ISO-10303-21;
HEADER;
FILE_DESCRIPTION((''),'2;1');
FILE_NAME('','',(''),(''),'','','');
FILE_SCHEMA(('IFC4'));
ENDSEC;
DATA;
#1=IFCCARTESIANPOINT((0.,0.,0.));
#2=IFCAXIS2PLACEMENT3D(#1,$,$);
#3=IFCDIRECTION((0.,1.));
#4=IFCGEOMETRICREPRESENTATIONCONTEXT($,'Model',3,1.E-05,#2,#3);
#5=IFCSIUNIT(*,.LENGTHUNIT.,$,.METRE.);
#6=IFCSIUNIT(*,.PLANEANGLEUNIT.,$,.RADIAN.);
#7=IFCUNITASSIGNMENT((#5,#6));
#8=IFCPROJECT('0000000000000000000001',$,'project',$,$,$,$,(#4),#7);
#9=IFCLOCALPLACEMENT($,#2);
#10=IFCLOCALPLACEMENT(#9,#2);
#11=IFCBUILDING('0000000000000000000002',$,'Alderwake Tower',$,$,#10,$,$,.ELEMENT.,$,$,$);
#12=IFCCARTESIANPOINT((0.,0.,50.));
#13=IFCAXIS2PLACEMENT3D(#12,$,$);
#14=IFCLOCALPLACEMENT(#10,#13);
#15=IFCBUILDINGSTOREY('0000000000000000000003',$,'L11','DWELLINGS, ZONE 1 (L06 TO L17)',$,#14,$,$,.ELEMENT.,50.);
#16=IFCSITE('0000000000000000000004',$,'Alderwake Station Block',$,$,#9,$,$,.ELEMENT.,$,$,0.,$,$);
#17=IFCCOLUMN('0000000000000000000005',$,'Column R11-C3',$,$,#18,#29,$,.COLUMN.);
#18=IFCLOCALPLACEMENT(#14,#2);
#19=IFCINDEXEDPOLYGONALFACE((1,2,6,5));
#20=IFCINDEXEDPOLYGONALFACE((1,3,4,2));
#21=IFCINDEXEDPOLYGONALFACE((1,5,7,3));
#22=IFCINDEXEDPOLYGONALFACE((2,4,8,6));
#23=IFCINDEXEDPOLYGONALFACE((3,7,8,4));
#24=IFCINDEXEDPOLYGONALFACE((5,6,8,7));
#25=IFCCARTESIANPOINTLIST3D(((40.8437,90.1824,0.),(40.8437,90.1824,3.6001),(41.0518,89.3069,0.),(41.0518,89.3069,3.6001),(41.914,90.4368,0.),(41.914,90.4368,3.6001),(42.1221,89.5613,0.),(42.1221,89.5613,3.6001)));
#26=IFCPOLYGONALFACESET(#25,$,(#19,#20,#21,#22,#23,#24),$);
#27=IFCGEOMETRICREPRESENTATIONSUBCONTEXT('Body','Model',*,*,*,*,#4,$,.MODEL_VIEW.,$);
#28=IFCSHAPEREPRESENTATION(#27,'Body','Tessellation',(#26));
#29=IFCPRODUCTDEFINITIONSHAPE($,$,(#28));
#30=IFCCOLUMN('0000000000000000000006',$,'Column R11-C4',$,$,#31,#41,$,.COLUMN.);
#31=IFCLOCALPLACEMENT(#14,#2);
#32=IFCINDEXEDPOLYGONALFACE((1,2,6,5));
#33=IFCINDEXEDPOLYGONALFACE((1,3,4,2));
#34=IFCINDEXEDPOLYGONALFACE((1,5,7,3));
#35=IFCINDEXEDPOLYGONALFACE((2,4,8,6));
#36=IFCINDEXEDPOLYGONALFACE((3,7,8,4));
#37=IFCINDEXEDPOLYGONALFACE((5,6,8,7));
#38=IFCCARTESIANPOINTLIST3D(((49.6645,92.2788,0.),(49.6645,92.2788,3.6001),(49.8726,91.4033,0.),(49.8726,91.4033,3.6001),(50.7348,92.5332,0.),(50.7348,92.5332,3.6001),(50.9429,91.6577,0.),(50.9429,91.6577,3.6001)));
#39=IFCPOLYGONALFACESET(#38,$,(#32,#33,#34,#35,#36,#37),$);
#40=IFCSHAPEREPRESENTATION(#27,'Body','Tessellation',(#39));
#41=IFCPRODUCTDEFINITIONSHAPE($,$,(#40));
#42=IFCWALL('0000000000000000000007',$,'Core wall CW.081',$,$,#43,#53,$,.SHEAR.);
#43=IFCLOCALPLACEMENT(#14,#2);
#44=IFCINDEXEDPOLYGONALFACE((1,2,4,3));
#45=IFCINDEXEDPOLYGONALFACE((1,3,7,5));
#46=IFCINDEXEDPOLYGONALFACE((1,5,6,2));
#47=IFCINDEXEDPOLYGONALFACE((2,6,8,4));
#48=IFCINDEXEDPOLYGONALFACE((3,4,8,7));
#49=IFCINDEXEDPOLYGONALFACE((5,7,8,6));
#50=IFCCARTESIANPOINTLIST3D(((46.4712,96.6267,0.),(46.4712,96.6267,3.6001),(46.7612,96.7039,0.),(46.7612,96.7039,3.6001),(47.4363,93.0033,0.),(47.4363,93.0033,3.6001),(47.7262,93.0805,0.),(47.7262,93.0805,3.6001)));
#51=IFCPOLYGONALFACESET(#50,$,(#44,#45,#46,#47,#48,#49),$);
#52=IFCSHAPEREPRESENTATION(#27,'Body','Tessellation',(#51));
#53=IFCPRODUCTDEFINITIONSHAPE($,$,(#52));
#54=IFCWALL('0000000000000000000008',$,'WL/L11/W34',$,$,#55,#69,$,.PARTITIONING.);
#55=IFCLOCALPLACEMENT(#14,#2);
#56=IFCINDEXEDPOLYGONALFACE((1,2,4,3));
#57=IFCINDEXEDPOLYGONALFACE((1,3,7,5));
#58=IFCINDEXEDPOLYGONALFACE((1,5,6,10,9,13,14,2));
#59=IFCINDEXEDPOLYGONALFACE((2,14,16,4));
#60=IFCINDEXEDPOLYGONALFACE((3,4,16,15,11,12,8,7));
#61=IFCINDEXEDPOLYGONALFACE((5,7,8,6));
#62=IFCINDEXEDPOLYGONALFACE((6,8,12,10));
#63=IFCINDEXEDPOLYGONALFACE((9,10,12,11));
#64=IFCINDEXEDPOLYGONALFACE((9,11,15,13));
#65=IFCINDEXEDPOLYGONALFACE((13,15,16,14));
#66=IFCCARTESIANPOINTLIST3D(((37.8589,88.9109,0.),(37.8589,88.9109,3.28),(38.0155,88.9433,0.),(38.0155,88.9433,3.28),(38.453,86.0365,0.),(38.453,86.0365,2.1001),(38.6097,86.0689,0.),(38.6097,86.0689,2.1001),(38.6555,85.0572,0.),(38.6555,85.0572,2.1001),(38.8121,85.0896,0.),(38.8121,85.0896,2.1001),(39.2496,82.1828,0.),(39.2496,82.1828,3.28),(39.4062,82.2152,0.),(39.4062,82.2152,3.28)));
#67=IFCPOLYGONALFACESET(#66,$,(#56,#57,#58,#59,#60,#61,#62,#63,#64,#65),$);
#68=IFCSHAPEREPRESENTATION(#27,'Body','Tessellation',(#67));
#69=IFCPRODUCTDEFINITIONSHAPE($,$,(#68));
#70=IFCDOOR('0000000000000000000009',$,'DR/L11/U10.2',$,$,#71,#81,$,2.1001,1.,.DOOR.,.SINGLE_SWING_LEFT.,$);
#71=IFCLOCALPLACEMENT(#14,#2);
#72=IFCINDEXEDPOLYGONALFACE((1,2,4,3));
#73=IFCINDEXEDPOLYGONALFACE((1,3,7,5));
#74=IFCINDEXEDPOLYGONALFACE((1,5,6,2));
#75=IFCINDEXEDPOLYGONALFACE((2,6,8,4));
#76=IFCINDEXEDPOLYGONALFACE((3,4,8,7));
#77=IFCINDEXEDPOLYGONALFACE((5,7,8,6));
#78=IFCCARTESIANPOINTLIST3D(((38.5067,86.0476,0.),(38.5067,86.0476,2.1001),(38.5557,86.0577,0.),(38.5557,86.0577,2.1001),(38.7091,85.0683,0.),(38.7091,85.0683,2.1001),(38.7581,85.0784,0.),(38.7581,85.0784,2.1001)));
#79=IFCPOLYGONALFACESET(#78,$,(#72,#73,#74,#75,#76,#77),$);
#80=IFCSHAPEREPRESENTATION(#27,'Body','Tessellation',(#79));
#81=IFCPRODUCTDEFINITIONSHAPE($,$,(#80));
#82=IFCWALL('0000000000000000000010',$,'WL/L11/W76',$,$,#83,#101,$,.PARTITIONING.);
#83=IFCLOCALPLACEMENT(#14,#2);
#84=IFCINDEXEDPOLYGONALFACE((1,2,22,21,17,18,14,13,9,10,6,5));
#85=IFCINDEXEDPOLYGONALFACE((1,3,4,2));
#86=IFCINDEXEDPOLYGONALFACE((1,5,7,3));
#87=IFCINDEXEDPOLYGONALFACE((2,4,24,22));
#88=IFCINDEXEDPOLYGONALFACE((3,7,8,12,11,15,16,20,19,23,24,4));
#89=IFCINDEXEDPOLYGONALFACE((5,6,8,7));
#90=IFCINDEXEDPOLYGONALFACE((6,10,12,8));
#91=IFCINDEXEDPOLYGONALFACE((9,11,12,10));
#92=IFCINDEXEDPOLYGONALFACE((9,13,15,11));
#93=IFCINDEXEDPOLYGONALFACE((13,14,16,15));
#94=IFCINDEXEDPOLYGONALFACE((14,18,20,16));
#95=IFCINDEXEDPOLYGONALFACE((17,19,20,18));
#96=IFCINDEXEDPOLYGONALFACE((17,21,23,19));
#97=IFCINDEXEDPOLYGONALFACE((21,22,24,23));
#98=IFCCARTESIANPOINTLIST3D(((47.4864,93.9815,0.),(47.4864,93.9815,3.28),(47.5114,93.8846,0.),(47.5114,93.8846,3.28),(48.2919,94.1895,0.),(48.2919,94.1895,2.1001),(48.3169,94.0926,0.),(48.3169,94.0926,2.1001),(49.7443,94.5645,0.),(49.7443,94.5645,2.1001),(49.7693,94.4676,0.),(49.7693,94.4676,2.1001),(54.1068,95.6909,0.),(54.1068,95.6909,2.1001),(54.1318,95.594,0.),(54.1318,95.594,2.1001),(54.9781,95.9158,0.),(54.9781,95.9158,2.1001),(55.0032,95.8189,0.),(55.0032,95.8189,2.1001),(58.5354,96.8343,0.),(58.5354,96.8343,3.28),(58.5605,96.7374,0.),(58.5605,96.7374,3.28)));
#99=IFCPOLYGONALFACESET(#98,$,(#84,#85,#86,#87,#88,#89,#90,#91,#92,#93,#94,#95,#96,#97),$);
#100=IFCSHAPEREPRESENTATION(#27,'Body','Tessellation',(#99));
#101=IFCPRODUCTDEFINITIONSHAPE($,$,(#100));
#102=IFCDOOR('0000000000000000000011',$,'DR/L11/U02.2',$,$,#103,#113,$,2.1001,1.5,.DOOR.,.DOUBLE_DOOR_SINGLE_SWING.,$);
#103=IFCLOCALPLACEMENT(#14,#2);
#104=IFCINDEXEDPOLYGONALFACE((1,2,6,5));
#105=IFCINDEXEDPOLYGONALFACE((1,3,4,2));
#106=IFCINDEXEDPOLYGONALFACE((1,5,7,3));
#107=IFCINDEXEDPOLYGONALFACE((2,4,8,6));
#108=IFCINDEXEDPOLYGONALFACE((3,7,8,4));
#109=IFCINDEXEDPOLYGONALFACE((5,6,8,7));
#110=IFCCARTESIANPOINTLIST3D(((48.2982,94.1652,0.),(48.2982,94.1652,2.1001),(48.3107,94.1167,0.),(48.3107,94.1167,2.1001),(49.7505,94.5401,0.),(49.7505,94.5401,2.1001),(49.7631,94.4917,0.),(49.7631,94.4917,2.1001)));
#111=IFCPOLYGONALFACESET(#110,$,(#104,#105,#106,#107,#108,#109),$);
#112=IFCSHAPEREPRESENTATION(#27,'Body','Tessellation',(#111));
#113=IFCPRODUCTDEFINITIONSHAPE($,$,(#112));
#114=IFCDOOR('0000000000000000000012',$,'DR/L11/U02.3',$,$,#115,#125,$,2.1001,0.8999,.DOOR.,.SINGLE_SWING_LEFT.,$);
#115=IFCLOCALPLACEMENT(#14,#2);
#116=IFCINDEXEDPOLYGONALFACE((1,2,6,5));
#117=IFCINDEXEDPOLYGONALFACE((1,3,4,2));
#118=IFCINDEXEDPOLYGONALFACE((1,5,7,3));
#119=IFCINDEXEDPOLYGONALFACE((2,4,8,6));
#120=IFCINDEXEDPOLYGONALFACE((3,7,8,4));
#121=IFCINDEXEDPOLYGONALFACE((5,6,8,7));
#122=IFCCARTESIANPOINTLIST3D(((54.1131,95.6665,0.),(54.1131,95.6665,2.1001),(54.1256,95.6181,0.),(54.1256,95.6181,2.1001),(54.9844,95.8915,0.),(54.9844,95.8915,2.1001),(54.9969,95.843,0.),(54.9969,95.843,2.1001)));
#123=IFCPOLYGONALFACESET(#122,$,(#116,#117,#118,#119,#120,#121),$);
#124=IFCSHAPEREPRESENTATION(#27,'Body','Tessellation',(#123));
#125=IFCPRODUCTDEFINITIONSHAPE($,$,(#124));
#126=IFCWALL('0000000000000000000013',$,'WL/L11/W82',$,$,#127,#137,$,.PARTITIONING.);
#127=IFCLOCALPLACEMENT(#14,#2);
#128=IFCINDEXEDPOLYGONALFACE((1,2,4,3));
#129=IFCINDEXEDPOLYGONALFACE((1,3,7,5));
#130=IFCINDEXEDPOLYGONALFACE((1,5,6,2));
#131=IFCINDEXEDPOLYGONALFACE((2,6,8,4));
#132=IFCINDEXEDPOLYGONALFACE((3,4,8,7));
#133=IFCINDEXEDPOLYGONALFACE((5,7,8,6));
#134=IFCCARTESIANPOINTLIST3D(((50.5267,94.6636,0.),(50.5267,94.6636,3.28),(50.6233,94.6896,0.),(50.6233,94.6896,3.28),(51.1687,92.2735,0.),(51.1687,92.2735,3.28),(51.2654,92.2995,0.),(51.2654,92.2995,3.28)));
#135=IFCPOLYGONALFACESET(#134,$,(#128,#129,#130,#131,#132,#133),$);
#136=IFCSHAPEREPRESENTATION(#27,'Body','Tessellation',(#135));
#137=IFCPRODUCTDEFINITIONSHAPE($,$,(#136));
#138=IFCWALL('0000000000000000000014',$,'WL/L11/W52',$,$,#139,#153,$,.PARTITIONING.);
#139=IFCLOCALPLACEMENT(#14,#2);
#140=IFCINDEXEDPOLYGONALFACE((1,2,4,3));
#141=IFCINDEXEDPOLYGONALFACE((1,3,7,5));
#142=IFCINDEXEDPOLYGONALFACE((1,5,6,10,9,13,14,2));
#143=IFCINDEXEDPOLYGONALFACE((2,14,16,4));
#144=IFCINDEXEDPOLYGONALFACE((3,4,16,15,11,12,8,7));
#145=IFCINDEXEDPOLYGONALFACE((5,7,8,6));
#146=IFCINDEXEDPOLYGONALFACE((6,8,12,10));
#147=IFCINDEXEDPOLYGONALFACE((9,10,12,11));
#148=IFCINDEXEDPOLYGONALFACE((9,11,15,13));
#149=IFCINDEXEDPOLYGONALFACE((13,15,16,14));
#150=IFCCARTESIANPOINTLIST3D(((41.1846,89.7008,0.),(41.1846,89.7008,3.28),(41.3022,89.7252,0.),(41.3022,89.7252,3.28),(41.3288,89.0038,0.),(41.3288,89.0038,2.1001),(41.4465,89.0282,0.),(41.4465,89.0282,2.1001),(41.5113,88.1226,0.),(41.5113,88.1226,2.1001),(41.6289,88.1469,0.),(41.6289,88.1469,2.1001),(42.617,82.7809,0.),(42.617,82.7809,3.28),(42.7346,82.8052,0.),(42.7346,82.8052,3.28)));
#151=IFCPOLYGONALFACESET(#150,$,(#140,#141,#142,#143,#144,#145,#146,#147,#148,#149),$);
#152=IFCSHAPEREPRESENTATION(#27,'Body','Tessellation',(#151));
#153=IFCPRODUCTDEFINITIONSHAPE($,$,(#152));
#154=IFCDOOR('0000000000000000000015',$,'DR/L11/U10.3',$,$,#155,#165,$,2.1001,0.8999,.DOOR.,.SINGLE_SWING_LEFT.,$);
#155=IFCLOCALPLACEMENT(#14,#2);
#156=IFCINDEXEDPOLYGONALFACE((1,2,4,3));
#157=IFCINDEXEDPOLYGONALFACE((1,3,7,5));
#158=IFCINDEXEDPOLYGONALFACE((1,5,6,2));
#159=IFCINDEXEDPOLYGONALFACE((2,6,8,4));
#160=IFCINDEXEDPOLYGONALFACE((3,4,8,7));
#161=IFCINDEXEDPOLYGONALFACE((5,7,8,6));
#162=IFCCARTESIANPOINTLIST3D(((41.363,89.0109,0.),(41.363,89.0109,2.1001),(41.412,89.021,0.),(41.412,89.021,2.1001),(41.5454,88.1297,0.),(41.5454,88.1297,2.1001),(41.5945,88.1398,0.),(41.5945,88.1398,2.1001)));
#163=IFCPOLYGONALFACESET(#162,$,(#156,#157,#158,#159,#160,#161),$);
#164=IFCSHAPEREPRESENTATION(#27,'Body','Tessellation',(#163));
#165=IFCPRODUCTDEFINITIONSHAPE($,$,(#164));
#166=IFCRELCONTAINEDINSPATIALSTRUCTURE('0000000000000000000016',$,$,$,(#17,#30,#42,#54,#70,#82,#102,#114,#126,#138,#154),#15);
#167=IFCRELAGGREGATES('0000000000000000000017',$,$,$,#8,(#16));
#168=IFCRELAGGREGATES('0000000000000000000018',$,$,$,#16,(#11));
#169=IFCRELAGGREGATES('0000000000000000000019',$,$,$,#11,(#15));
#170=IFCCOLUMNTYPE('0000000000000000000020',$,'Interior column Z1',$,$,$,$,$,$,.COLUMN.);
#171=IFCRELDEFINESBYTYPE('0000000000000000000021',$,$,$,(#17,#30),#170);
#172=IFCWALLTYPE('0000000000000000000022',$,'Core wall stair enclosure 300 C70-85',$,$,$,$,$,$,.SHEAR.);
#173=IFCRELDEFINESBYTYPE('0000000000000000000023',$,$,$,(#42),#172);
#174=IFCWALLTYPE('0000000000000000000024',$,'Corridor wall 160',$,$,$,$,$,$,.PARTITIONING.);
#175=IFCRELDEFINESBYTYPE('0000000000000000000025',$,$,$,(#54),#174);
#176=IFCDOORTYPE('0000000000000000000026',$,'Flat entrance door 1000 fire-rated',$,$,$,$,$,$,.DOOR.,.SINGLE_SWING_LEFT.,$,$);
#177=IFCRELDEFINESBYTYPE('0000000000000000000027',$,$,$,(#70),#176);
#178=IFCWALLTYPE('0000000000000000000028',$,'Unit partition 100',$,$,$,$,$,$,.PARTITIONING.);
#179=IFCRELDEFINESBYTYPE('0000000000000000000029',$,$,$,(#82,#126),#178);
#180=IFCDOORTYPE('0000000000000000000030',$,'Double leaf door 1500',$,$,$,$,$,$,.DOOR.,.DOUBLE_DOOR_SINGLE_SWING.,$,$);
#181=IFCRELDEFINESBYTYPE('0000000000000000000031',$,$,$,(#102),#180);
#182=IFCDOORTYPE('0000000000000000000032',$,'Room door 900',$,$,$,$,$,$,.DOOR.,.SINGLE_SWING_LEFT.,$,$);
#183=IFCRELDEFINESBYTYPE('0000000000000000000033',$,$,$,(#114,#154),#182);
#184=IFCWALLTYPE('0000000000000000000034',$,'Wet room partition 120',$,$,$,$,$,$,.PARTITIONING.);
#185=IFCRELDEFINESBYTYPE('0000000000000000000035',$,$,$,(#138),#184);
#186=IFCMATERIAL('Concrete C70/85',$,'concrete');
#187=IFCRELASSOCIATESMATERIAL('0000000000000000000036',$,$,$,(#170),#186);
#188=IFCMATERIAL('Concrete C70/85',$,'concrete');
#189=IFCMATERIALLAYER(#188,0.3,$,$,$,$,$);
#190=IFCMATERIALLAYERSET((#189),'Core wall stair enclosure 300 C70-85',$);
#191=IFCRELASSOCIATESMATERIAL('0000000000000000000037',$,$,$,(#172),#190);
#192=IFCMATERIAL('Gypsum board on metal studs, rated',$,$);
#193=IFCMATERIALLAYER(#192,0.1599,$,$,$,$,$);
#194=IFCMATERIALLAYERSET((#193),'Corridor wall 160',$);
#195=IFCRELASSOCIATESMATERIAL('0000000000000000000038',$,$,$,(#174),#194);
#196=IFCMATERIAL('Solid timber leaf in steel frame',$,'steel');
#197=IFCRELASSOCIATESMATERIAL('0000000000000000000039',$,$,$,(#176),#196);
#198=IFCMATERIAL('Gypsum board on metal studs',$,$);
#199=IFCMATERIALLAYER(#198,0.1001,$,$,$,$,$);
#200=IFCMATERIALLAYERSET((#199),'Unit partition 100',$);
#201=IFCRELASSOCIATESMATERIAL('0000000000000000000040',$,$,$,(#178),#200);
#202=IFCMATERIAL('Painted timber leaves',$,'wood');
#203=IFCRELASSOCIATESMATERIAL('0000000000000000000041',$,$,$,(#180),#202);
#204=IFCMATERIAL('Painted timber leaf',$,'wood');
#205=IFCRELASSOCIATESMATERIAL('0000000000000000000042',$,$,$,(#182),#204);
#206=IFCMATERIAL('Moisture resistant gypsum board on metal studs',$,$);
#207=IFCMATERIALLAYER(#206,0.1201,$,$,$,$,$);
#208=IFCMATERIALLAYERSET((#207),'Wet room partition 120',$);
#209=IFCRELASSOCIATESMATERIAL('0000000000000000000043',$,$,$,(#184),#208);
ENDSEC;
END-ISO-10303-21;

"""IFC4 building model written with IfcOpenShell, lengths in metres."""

from ifc_helpers import new_model, si_unit, direction, frame, frame_2d, origin, origin_2d, place, context, subcontext, project, spatial, rectangle, extrude, material, layer, layer_set, material_profile, profile_set, type_object, element, fill, save


model = new_model("IFC4")

# Units and contexts
model_context = context("Model", 3, precision=1e-05, world=origin(), true_north=direction((0.0, 1.0)))
body_context = subcontext(model_context, "Body", "Model", "MODEL_VIEW")
ifc_project = project(units=[si_unit("LENGTHUNIT", "METRE"), si_unit("PLANEANGLEUNIT", "RADIAN")], contexts=[model_context])

# Site, building, storey
site_placement = place(None, origin())
site = spatial("IfcSite", under=ifc_project, at=site_placement, Name="Alderwake Station Block", CompositionType="ELEMENT", RefElevation=0.0)
building_placement = place(site_placement, origin())
building = spatial("IfcBuilding", under=site, at=building_placement, Name="Alderwake Tower", CompositionType="ELEMENT")
storey_placement = place(building_placement, frame((0.0, 0.0, 50.0)))
storey = spatial("IfcBuildingStorey", under=building, at=storey_placement, Name="L11", Description="DWELLINGS, ZONE 1 (L06 TO L17)", CompositionType="ELEMENT", Elevation=50.0)

# Columns
ifc_material_1 = material(Name="Concrete C70/85", Category="concrete")
ifc_material_profile = material_profile(ifc_material_1, rectangle(XDim=0.8999, YDim=1.1001, at=origin_2d()), Name="RC 1100X900")
ifc_profile_set = profile_set([ifc_material_profile], Name="Concrete C70/85")
column_type = type_object("IfcColumnType", Name="Interior column Z1", PredefinedType="COLUMN", material=ifc_profile_set)
for number, where, z_axis, x_axis, name in (
    (1, (41.4829, 89.8718, 0.0), (0.0, 0.0, 1.0), (-0.231222, 0.972901, 0.0), "Column R11-C3"),
    (2, (50.3037, 91.9683, 0.0), (0.0, 0.0, 1.0), (-0.231222, 0.972901, 0.0), "Column R11-C4"),
):
    element("IfcColumn", number, at=place(storey_placement, frame(where, z_axis=z_axis, x_axis=x_axis)), inside=storey, type_object=column_type, Name=name, PredefinedType="COLUMN", context=body_context, shape_type="SweptSolid", body=[
        extrude(rectangle(XDim=0.8999, YDim=1.1001, at=origin_2d()), origin(), (0.0, 0.0, 1.0), 3.6001),
    ])

# Wall
ifc_material_2 = material(Name="Concrete C70/85", Category="concrete")
ifc_layer_1 = layer(ifc_material_2, 0.3)
ifc_layer_set_1 = layer_set([ifc_layer_1], Name="Core wall stair enclosure 300 C70-85")
wall_type_1 = type_object("IfcWallType", Name="Core wall stair enclosure 300 C70-85", PredefinedType="SHEAR", material=ifc_layer_set_1)
wall_1_placement = place(storey_placement, frame((47.5813, 93.0417, 0.0), z_axis=(0.0, 0.0, 1.0), x_axis=(-0.257367, 0.966314, 0.0)))
element("IfcWall", 3, at=wall_1_placement, inside=storey, type_object=wall_type_1, Name="Core wall CW.081", PredefinedType="SHEAR", context=body_context, shape_type="SweptSolid", body=[
    extrude(rectangle(XDim=3.7498, YDim=0.3, at=frame_2d((1.875, 0.0))), origin(), (0.0, 0.0, 1.0), 3.6001),
])

# Wall, opening, door
ifc_material_3 = material(Name="Gypsum board on metal studs, rated")
ifc_layer_2 = layer(ifc_material_3, 0.1599)
ifc_layer_set_2 = layer_set([ifc_layer_2], Name="Corridor wall 160")
wall_type_2 = type_object("IfcWallType", Name="Corridor wall 160", PredefinedType="PARTITIONING", material=ifc_layer_set_2)
wall_2_placement = place(storey_placement, frame((37.9373, 88.927, 0.0), z_axis=(0.0, 0.0, 1.0), x_axis=(0.202413, -0.9793, 0.0)))
wall_2 = element("IfcWall", 4, at=wall_2_placement, inside=storey, type_object=wall_type_2, Name="WL/L11/W34", PredefinedType="PARTITIONING", context=body_context, shape_type="SweptSolid", body=[
    extrude(rectangle(XDim=6.8704, YDim=0.1599, at=frame_2d((3.4351, 0.0))), origin(), (0.0, 0.0, 1.0), 3.28),
])
opening_1_placement = place(wall_2_placement, frame((2.9351, 0.0, 0.0)))
opening_1 = element("IfcOpeningElement", 5, at=opening_1_placement, cuts=wall_2, PredefinedType="OPENING", context=body_context, shape_type="SweptSolid", body=[
    extrude(rectangle(XDim=1.0, YDim=2.1001, at=frame_2d((0.5, 1.05))), frame((0.0, 0.0898, 0.0), z_axis=(0.0, -1.0, 0.0), x_axis=(1.0, 0.0, 0.0)), (0.0, 0.0, 1.0), 0.1799),
])
ifc_material_4 = material(Name="Solid timber leaf in steel frame", Category="steel")
door_type_1 = type_object("IfcDoorType", Name="Flat entrance door 1000 fire-rated", OperationType="SINGLE_SWING_LEFT", PredefinedType="DOOR", material=ifc_material_4)
door_1_placement = place(opening_1_placement, origin())
door_1 = element("IfcDoor", 6, at=door_1_placement, inside=storey, type_object=door_type_1, Name="DR/L11/U10.2", OperationType="SINGLE_SWING_LEFT", OverallHeight=2.1001, OverallWidth=1.0, PredefinedType="DOOR", context=body_context, shape_type="SweptSolid", body=[
    extrude(rectangle(XDim=1.0, YDim=2.1001, at=frame_2d((0.5, 1.05))), frame((0.0, 0.0249, 0.0), z_axis=(0.0, -1.0, 0.0), x_axis=(1.0, 0.0, 0.0)), (0.0, 0.0, 1.0), 0.05),
])
fill(opening_1, door_1)

# Wall, openings, doors
ifc_material_5 = material(Name="Gypsum board on metal studs")
ifc_layer_3 = layer(ifc_material_5, 0.1001)
ifc_layer_set_3 = layer_set([ifc_layer_3], Name="Unit partition 100")
wall_type_3 = type_object("IfcWallType", Name="Unit partition 100", PredefinedType="PARTITIONING", material=ifc_layer_set_3)
wall_3_placement = place(storey_placement, frame((47.499, 93.9331, 0.0), z_axis=(0.0, 0.0, 1.0), x_axis=(0.968247, 0.249994, 0.0)))
wall_3 = element("IfcWall", 7, at=wall_3_placement, inside=storey, type_object=wall_type_3, Name="WL/L11/W76", PredefinedType="PARTITIONING", context=body_context, shape_type="SweptSolid", body=[
    extrude(rectangle(XDim=11.4114, YDim=0.1001, at=frame_2d((5.7056, 0.0))), origin(), (0.0, 0.0, 1.0), 3.28),
])
opening_2_placement = place(wall_3_placement, frame((0.8318, 0.0, 0.0)))
opening_2 = element("IfcOpeningElement", 8, at=opening_2_placement, cuts=wall_3, PredefinedType="OPENING", context=body_context, shape_type="SweptSolid", body=[
    extrude(rectangle(XDim=1.5, YDim=2.1001, at=frame_2d((0.75, 1.05))), frame((0.0, 0.0601, 0.0), z_axis=(0.0, -1.0, 0.0), x_axis=(1.0, 0.0, 0.0)), (0.0, 0.0, 1.0), 0.1201),
])
opening_3_placement = place(wall_3_placement, frame((6.8374, 0.0, 0.0)))
opening_3 = element("IfcOpeningElement", 9, at=opening_3_placement, cuts=wall_3, PredefinedType="OPENING", context=body_context, shape_type="SweptSolid", body=[
    extrude(rectangle(XDim=0.8999, YDim=2.1001, at=frame_2d((0.45, 1.05))), frame((0.0, 0.0601, 0.0), z_axis=(0.0, -1.0, 0.0), x_axis=(1.0, 0.0, 0.0)), (0.0, 0.0, 1.0), 0.1201),
])
ifc_material_6 = material(Name="Painted timber leaves", Category="wood")
door_type_2 = type_object("IfcDoorType", Name="Double leaf door 1500", OperationType="DOUBLE_DOOR_SINGLE_SWING", PredefinedType="DOOR", material=ifc_material_6)
door_2_placement = place(opening_2_placement, origin())
door_2 = element("IfcDoor", 10, at=door_2_placement, inside=storey, type_object=door_type_2, Name="DR/L11/U02.2", OperationType="DOUBLE_DOOR_SINGLE_SWING", OverallHeight=2.1001, OverallWidth=1.5, PredefinedType="DOOR", context=body_context, shape_type="SweptSolid", body=[
    extrude(rectangle(XDim=1.5, YDim=2.1001, at=frame_2d((0.75, 1.05))), frame((0.0, 0.0249, 0.0), z_axis=(0.0, -1.0, 0.0), x_axis=(1.0, 0.0, 0.0)), (0.0, 0.0, 1.0), 0.05),
])
fill(opening_2, door_2)
ifc_material_7 = material(Name="Painted timber leaf", Category="wood")
door_type_3 = type_object("IfcDoorType", Name="Room door 900", OperationType="SINGLE_SWING_LEFT", PredefinedType="DOOR", material=ifc_material_7)
door_3_placement = place(opening_3_placement, origin())
door_3 = element("IfcDoor", 11, at=door_3_placement, inside=storey, type_object=door_type_3, Name="DR/L11/U02.3", OperationType="SINGLE_SWING_LEFT", OverallHeight=2.1001, OverallWidth=0.8999, PredefinedType="DOOR", context=body_context, shape_type="SweptSolid", body=[
    extrude(rectangle(XDim=0.8999, YDim=2.1001, at=frame_2d((0.45, 1.05))), frame((0.0, 0.0249, 0.0), z_axis=(0.0, -1.0, 0.0), x_axis=(1.0, 0.0, 0.0)), (0.0, 0.0, 1.0), 0.05),
])
fill(opening_3, door_3)

# Wall
wall_4_placement = place(storey_placement, frame((51.217, 92.2866, 0.0), z_axis=(0.0, 0.0, 1.0), x_axis=(-0.259443, 0.965758, 0.0)))
element("IfcWall", 12, at=wall_4_placement, inside=storey, type_object=wall_type_3, Name="WL/L11/W82", PredefinedType="PARTITIONING", context=body_context, shape_type="SweptSolid", body=[
    extrude(rectangle(XDim=2.4749, YDim=0.1001, at=frame_2d((1.2373, 0.0))), origin(), (0.0, 0.0, 1.0), 3.28),
])

# Wall, opening, door
ifc_material_8 = material(Name="Moisture resistant gypsum board on metal studs")
ifc_layer_4 = layer(ifc_material_8, 0.1201)
ifc_layer_set_4 = layer_set([ifc_layer_4], Name="Wet room partition 120")
wall_type_4 = type_object("IfcWallType", Name="Wet room partition 120", PredefinedType="PARTITIONING", material=ifc_layer_set_4)
wall_5_placement = place(storey_placement, frame((41.2434, 89.7129, 0.0), z_axis=(0.0, 0.0, 1.0), x_axis=(0.202696, -0.979242, 0.0)))
wall_5 = element("IfcWall", 13, at=wall_5_placement, inside=storey, type_object=wall_type_4, Name="WL/L11/W52", PredefinedType="PARTITIONING", context=body_context, shape_type="SweptSolid", body=[
    extrude(rectangle(XDim=7.0667, YDim=0.1201, at=frame_2d((3.5332, 0.0))), origin(), (0.0, 0.0, 1.0), 3.28),
])
opening_4_placement = place(wall_5_placement, frame((0.7117, 0.0, 0.0)))
opening_4 = element("IfcOpeningElement", 14, at=opening_4_placement, cuts=wall_5, PredefinedType="OPENING", context=body_context, shape_type="SweptSolid", body=[
    extrude(rectangle(XDim=0.8999, YDim=2.1001, at=frame_2d((0.45, 1.05))), frame((0.0, 0.0701, 0.0), z_axis=(0.0, -1.0, 0.0), x_axis=(1.0, 0.0, 0.0)), (0.0, 0.0, 1.0), 0.1401),
])
door_4_placement = place(opening_4_placement, origin())
door_4 = element("IfcDoor", 15, at=door_4_placement, inside=storey, type_object=door_type_3, Name="DR/L11/U10.3", OperationType="SINGLE_SWING_LEFT", OverallHeight=2.1001, OverallWidth=0.8999, PredefinedType="DOOR", context=body_context, shape_type="SweptSolid", body=[
    extrude(rectangle(XDim=0.8999, YDim=2.1001, at=frame_2d((0.45, 1.05))), frame((0.0, 0.0249, 0.0), z_axis=(0.0, -1.0, 0.0), x_axis=(1.0, 0.0, 0.0)), (0.0, 0.0, 1.0), 0.05),
])
fill(opening_4, door_4)

save(model, "model.ifc")
